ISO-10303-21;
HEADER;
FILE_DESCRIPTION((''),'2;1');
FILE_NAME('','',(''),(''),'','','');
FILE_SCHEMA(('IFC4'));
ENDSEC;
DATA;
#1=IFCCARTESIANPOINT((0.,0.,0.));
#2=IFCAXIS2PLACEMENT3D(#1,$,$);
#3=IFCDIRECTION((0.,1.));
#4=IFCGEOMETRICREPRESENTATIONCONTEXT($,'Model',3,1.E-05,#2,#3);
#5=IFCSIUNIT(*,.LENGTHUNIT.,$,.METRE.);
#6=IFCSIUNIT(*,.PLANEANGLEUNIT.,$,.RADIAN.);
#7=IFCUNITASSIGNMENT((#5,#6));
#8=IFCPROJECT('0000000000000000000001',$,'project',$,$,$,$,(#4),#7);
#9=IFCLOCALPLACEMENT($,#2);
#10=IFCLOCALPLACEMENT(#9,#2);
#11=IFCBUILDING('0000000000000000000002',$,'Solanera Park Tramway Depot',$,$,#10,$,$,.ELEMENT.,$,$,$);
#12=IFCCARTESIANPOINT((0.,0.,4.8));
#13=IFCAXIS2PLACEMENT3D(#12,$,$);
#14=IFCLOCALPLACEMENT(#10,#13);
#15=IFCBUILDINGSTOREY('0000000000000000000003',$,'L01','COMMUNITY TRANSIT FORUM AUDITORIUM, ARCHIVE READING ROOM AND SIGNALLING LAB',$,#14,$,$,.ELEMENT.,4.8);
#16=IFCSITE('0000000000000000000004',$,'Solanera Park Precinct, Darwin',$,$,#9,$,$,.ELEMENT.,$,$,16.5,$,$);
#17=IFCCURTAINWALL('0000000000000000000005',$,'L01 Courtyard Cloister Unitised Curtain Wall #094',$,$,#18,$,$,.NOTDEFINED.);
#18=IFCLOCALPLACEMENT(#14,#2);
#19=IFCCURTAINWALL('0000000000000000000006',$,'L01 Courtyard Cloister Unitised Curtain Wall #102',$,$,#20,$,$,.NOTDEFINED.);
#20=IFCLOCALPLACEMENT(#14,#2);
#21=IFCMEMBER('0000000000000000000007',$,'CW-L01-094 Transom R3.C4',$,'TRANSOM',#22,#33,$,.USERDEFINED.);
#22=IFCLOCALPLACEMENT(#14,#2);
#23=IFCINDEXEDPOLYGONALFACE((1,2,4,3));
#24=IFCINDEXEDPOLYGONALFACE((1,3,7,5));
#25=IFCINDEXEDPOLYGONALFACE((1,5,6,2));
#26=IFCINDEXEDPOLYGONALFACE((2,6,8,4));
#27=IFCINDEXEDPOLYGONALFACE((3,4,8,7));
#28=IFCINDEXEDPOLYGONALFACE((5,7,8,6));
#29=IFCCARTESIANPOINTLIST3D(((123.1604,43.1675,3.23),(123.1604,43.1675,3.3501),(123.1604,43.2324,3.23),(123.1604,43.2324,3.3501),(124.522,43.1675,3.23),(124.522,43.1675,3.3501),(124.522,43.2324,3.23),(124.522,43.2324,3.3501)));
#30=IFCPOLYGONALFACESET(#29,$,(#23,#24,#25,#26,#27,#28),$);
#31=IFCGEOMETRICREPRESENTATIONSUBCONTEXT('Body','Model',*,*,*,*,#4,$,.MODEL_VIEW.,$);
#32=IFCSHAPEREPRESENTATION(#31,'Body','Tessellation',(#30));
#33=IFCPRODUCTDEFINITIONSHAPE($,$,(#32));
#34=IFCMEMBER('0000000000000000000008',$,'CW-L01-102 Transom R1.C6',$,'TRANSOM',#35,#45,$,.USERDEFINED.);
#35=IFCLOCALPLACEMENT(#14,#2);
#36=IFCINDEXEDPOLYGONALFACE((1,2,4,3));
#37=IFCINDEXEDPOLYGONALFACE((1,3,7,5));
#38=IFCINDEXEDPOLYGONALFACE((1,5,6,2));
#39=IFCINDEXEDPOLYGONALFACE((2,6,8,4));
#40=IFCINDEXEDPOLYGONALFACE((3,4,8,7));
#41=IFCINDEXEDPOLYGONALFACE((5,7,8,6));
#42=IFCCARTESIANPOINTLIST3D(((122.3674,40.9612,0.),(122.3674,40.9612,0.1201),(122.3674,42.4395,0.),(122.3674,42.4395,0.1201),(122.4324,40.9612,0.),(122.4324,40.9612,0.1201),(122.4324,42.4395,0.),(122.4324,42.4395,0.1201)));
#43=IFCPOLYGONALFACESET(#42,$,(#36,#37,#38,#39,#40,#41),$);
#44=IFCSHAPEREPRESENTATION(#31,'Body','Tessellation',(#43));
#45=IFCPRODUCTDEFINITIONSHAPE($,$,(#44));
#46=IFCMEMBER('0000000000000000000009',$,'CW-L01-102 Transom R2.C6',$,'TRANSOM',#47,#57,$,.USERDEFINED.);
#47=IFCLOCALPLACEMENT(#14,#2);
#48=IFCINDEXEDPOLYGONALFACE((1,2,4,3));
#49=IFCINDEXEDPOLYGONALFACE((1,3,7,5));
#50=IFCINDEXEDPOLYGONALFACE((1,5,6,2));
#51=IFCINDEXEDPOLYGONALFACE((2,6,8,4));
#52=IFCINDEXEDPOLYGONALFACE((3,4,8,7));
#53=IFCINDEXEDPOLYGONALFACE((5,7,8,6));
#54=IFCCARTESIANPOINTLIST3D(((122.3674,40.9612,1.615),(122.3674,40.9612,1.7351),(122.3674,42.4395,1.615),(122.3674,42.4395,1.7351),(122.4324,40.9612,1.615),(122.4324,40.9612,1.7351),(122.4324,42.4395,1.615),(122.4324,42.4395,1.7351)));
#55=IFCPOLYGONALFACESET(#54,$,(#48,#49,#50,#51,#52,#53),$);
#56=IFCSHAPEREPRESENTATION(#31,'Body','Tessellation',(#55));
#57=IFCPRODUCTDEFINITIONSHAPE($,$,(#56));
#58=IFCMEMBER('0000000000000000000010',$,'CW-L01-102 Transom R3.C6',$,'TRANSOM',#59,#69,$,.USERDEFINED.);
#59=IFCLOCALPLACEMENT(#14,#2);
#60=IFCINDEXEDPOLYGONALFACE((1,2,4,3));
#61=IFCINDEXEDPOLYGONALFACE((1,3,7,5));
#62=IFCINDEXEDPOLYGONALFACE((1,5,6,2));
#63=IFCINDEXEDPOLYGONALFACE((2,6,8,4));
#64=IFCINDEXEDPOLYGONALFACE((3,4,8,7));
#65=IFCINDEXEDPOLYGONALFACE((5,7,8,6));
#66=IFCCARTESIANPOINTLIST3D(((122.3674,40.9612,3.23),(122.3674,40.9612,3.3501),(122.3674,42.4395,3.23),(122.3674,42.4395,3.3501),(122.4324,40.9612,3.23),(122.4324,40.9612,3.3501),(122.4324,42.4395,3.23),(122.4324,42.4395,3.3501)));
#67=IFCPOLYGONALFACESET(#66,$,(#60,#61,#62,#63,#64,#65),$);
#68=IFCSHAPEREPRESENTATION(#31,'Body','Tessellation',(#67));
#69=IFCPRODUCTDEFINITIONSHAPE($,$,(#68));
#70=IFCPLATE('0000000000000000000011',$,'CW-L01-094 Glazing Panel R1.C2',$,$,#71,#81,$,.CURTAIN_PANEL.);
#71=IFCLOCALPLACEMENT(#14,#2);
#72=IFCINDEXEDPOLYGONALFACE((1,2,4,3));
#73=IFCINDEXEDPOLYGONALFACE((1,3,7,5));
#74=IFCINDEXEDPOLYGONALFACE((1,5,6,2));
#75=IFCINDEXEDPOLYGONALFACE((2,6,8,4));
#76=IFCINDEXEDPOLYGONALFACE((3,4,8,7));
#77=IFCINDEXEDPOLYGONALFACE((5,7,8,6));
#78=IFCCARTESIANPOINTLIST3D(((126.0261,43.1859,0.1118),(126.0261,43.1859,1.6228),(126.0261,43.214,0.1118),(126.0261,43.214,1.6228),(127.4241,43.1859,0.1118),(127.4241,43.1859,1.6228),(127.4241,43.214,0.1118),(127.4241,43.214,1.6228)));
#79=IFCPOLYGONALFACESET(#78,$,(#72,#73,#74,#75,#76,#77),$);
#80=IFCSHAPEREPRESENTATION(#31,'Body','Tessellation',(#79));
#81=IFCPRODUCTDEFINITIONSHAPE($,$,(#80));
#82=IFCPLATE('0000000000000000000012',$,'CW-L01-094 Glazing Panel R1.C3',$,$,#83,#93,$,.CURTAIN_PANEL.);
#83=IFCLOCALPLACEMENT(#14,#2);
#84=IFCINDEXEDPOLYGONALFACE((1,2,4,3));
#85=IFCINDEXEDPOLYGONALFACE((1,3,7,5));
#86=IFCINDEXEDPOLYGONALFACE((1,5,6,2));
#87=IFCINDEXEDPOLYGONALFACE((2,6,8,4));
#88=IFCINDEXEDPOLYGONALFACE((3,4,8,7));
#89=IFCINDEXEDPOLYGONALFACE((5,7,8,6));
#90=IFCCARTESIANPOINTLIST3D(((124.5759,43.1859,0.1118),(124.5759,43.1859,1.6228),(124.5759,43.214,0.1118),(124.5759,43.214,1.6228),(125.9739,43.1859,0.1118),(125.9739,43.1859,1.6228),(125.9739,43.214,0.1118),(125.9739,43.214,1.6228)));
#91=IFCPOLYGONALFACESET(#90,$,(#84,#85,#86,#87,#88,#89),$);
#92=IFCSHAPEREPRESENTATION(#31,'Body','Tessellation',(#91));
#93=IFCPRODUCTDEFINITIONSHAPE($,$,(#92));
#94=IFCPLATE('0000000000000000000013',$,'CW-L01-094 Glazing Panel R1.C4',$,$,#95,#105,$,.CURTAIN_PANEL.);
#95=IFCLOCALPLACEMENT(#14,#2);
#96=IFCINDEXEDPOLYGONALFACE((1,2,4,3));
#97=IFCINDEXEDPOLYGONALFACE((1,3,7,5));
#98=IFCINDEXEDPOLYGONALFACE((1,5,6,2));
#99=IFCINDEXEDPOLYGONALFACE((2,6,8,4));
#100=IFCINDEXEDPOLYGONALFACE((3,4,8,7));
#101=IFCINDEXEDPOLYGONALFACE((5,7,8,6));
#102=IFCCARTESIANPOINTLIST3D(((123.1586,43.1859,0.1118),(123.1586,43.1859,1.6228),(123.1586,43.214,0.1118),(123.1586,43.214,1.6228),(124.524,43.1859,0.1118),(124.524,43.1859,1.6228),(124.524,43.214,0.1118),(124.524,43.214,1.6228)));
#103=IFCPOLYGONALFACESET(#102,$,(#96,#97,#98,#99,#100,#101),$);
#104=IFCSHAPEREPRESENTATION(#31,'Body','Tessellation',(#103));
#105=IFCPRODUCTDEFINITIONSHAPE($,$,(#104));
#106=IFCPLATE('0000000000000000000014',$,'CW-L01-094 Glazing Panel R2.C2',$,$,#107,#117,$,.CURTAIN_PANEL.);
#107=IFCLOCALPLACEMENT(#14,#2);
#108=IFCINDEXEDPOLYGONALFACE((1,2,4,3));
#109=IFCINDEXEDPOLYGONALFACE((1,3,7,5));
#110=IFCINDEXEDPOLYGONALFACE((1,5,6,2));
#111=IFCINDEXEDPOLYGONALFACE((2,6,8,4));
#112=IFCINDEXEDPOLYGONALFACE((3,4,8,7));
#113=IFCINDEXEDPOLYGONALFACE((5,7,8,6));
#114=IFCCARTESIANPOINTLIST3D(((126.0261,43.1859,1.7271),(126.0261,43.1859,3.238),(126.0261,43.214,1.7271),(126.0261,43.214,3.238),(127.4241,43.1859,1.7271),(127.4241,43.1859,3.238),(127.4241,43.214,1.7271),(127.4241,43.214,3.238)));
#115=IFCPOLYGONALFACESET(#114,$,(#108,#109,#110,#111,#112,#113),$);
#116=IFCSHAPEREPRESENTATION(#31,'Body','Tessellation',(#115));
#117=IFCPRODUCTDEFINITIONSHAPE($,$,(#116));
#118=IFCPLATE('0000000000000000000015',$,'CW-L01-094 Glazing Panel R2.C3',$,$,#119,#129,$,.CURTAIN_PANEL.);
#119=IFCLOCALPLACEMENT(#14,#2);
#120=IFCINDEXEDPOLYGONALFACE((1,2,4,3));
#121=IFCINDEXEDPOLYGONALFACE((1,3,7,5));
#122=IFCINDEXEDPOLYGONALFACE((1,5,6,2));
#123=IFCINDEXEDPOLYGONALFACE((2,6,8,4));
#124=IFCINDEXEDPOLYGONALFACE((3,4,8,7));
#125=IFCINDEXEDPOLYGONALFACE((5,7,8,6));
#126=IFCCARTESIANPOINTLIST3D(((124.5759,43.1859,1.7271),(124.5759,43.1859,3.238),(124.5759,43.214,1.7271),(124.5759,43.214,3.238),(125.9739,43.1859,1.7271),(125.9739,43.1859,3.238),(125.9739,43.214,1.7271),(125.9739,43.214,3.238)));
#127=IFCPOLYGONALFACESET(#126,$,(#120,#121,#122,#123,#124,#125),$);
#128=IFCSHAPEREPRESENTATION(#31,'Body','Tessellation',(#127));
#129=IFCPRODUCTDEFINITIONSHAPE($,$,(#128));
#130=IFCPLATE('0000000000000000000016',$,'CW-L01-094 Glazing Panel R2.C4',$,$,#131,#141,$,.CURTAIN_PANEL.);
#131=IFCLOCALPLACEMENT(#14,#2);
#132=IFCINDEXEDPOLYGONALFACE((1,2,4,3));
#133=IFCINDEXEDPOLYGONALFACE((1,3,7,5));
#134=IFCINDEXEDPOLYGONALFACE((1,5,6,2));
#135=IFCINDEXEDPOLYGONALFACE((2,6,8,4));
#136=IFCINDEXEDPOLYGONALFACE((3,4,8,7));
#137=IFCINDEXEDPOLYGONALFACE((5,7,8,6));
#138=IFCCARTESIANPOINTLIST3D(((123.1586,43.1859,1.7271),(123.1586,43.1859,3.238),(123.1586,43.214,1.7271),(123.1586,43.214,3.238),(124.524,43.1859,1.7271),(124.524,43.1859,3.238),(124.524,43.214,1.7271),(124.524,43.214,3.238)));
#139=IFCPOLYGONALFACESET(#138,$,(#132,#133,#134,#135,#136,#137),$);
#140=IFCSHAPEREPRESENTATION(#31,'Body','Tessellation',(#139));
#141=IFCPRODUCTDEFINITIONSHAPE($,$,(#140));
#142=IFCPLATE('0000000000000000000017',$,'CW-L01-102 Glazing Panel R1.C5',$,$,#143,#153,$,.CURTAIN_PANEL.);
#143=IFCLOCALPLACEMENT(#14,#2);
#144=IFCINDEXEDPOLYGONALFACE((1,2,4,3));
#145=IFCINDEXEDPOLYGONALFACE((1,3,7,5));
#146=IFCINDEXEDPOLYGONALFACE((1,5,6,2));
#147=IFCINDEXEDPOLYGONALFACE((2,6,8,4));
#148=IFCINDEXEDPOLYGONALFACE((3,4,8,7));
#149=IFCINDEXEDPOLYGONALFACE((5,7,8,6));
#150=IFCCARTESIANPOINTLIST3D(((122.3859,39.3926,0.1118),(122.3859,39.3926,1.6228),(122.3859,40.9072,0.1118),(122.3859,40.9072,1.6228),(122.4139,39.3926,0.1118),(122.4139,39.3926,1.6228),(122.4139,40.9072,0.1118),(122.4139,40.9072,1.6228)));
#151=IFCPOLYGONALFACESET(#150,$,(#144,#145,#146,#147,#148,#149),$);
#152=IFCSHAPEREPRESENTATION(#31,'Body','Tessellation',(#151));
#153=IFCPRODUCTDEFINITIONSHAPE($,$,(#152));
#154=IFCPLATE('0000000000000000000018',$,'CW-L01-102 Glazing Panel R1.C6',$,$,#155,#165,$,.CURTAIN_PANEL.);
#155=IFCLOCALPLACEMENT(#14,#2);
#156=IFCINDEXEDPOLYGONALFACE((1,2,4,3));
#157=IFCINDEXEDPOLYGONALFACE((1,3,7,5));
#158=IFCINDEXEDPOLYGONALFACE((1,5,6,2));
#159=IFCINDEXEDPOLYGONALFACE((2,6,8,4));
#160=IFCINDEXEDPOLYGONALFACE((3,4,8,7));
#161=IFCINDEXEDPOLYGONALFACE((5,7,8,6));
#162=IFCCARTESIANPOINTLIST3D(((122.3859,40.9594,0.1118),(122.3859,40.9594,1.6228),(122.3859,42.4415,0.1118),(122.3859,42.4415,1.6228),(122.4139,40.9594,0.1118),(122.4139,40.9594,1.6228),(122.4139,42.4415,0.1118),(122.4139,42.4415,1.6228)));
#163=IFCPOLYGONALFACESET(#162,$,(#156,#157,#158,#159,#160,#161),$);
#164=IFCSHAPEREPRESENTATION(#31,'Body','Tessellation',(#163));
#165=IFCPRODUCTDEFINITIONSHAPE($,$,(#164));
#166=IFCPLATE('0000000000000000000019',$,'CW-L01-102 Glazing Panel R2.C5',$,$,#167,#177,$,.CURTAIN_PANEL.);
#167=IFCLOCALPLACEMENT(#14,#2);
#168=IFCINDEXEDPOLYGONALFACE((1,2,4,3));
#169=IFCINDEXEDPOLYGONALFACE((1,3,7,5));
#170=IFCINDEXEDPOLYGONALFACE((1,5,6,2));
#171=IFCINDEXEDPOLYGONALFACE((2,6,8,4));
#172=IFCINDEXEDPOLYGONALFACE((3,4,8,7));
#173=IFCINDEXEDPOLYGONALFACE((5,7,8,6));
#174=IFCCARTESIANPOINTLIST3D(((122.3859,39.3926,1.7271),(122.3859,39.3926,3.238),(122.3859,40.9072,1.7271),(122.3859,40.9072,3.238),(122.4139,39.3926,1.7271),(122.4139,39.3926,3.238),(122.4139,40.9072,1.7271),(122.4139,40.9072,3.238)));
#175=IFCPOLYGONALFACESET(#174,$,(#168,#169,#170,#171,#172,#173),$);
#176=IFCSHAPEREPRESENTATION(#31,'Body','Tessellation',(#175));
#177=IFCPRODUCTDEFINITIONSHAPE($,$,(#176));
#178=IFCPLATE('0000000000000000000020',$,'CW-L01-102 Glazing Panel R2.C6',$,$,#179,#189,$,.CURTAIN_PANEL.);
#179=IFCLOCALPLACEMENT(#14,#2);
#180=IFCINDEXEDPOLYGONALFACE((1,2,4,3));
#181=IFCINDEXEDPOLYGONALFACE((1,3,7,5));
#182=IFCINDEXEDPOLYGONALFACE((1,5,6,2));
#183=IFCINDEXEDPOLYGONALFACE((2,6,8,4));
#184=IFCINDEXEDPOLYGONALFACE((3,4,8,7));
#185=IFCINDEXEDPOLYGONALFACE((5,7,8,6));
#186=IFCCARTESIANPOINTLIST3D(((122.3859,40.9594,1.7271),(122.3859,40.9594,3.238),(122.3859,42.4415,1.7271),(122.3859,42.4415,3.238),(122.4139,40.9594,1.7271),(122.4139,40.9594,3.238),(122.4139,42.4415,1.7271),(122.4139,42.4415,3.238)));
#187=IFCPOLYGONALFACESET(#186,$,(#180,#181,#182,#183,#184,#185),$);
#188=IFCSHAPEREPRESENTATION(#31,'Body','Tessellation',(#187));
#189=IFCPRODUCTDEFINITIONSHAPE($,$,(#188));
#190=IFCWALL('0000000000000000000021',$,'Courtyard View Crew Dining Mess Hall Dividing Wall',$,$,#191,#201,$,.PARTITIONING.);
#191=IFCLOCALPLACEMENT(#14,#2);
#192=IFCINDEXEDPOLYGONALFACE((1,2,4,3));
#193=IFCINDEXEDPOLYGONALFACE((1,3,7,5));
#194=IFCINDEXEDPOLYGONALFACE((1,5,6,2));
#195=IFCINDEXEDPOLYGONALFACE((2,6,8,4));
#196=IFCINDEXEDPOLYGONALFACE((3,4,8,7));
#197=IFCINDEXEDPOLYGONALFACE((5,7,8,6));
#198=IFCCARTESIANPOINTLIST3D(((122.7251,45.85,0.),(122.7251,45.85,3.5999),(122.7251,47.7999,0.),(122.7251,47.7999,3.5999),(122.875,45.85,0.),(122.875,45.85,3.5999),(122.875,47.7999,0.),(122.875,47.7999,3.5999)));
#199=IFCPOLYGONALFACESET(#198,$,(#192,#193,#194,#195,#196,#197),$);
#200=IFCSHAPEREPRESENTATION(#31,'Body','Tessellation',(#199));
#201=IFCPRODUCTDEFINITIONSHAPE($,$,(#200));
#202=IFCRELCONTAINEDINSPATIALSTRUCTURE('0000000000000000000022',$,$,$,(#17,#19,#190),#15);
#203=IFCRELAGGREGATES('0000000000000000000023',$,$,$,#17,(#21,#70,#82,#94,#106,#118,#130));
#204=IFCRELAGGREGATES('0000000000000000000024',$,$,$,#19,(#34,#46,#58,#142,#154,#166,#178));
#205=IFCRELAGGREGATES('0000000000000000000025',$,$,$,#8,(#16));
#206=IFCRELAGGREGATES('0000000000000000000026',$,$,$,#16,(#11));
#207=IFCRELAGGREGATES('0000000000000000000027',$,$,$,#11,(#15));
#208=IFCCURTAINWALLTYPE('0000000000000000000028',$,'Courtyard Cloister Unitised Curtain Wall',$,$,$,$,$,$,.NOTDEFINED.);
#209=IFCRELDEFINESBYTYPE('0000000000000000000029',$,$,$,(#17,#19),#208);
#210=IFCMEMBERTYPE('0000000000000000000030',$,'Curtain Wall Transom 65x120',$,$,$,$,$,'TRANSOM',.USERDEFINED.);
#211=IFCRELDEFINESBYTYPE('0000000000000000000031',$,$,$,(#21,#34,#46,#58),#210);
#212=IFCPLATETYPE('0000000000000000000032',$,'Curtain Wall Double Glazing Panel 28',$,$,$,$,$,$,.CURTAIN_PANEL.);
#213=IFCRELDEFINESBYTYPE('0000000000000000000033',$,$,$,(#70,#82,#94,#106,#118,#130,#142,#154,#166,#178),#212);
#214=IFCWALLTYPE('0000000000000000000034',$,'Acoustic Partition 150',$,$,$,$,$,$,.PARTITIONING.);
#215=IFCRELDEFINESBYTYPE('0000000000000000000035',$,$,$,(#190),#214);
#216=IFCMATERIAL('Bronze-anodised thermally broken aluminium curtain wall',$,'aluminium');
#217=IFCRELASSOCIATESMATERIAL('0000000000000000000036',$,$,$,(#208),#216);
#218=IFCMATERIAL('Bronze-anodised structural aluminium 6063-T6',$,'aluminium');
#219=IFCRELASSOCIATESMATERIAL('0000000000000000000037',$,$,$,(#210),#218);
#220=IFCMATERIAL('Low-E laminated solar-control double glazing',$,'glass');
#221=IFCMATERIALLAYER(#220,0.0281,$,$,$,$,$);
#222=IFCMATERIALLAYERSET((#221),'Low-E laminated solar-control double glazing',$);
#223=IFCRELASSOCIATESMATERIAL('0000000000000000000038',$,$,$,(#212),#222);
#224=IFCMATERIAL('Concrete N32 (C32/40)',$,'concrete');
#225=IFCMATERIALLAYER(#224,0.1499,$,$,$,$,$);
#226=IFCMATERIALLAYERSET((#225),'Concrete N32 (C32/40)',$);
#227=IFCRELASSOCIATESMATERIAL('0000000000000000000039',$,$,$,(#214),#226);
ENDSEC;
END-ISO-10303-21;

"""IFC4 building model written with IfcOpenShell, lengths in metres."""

from ifc_helpers import new_model, si_unit, direction, frame, frame_2d, origin, origin_2d, place, context, subcontext, project, spatial, rectangle, extrude, material, layer, layer_set, material_profile, profile_set, type_object, element, aggregate, save


model = new_model("IFC4")

# Units and contexts
model_context = context("Model", 3, precision=1e-05, world=origin(), true_north=direction((0.0, 1.0)))
body_context = subcontext(model_context, "Body", "Model", "MODEL_VIEW")
ifc_project = project(units=[si_unit("LENGTHUNIT", "METRE"), si_unit("PLANEANGLEUNIT", "RADIAN")], contexts=[model_context])

# Site, building, storey
site_placement = place(None, origin())
site = spatial("IfcSite", under=ifc_project, at=site_placement, Name="Solanera Park Precinct, Darwin", CompositionType="ELEMENT", RefElevation=16.5)
building_placement = place(site_placement, origin())
building = spatial("IfcBuilding", under=site, at=building_placement, Name="Solanera Park Tramway Depot", CompositionType="ELEMENT")
storey_placement = place(building_placement, frame((0.0, 0.0, 4.8)))
storey = spatial("IfcBuildingStorey", under=building, at=storey_placement, Name="L01", Description="COMMUNITY TRANSIT FORUM AUDITORIUM, ARCHIVE READING ROOM AND SIGNALLING LAB", CompositionType="ELEMENT", Elevation=4.8)

# Curtain walls
ifc_material_1 = material(Name="Bronze-anodised thermally broken aluminium curtain wall", Category="aluminium")
curtain_wall_type = type_object("IfcCurtainWallType", Name="Courtyard Cloister Unitised Curtain Wall", PredefinedType="NOTDEFINED", material=ifc_material_1)
curtain_wall_1_placement = place(storey_placement, origin())
curtain_wall_1 = element("IfcCurtainWall", 1, at=curtain_wall_1_placement, inside=storey, type_object=curtain_wall_type, Name="L01 Courtyard Cloister Unitised Curtain Wall #094", PredefinedType="NOTDEFINED")
curtain_wall_2_placement = place(storey_placement, origin())
curtain_wall_2 = element("IfcCurtainWall", 2, at=curtain_wall_2_placement, inside=storey, type_object=curtain_wall_type, Name="L01 Courtyard Cloister Unitised Curtain Wall #102", PredefinedType="NOTDEFINED")

# Members
ifc_material_2 = material(Name="Bronze-anodised structural aluminium 6063-T6", Category="aluminium")
ifc_material_profile_1 = material_profile(ifc_material_2, rectangle(XDim=0.0649, YDim=0.1201, at=origin_2d()), Name="Curtain Wall Transom 65x120")
ifc_profile_set_1 = profile_set([ifc_material_profile_1], Name="Bronze-anodised structural aluminium 6063-T6")
member_type_1 = type_object("IfcMemberType", Name="Curtain Wall Transom 65x120", ElementType="TRANSOM", PredefinedType="USERDEFINED", material=ifc_profile_set_1)
member_1_placement = place(storey_placement, frame((124.522, 43.2, 3.29), z_axis=(-1.0, 0.0, 0.0), x_axis=(0.0, -1.0, 0.0)))
member_1 = element("IfcMember", 3, at=member_1_placement, type_object=member_type_1, Name="CW-L01-094 Transom R3.C4", ObjectType="TRANSOM", PredefinedType="USERDEFINED", context=body_context, shape_type="SweptSolid", body=[
    extrude(rectangle(XDim=0.0649, YDim=0.1201, at=origin_2d()), origin(), (0.0, 0.0, 1.0), 1.3616),
])
member_2_placement = place(storey_placement, frame((122.3999, 40.9612, 0.0601), z_axis=(0.0, 1.0, 0.0), x_axis=(-1.0, 0.0, 0.0)))
member_2 = element("IfcMember", 4, at=member_2_placement, type_object=member_type_1, Name="CW-L01-102 Transom R1.C6", ObjectType="TRANSOM", PredefinedType="USERDEFINED", context=body_context, shape_type="SweptSolid", body=[
    extrude(rectangle(XDim=0.0649, YDim=0.1201, at=origin_2d()), origin(), (0.0, 0.0, 1.0), 1.4783),
])
member_3_placement = place(storey_placement, frame((122.3999, 40.9612, 1.675), z_axis=(0.0, 1.0, 0.0), x_axis=(-1.0, 0.0, 0.0)))
member_3 = element("IfcMember", 5, at=member_3_placement, type_object=member_type_1, Name="CW-L01-102 Transom R2.C6", ObjectType="TRANSOM", PredefinedType="USERDEFINED", context=body_context, shape_type="SweptSolid", body=[
    extrude(rectangle(XDim=0.0649, YDim=0.1201, at=origin_2d()), origin(), (0.0, 0.0, 1.0), 1.4783),
])
member_4_placement = place(storey_placement, frame((122.3999, 40.9612, 3.29), z_axis=(0.0, 1.0, 0.0), x_axis=(-1.0, 0.0, 0.0)))
member_4 = element("IfcMember", 6, at=member_4_placement, type_object=member_type_1, Name="CW-L01-102 Transom R3.C6", ObjectType="TRANSOM", PredefinedType="USERDEFINED", context=body_context, shape_type="SweptSolid", body=[
    extrude(rectangle(XDim=0.0649, YDim=0.1201, at=origin_2d()), origin(), (0.0, 0.0, 1.0), 1.4783),
])

# Plates
ifc_material_3 = material(Name="Low-E laminated solar-control double glazing", Category="glass")
ifc_layer_1 = layer(ifc_material_3, 0.0281)
ifc_layer_set_1 = layer_set([ifc_layer_1], Name="Low-E laminated solar-control double glazing")
plate_type = type_object("IfcPlateType", Name="Curtain Wall Double Glazing Panel 28", PredefinedType="CURTAIN_PANEL", material=ifc_layer_set_1)
plate_1_placement = place(storey_placement, frame((126.7251, 43.2, 0.1118), z_axis=(0.0, 0.0, 1.0), x_axis=(-1.0, 0.0, 0.0)))
plate_1 = element("IfcPlate", 7, at=plate_1_placement, type_object=plate_type, Name="CW-L01-094 Glazing Panel R1.C2", PredefinedType="CURTAIN_PANEL", context=body_context, shape_type="SweptSolid", body=[
    extrude(rectangle(XDim=1.3979, YDim=0.0281, at=origin_2d()), origin(), (0.0, 0.0, 1.0), 1.511),
])
plate_2_placement = place(storey_placement, frame((125.2749, 43.2, 0.1118), z_axis=(0.0, 0.0, 1.0), x_axis=(-1.0, 0.0, 0.0)))
plate_2 = element("IfcPlate", 8, at=plate_2_placement, type_object=plate_type, Name="CW-L01-094 Glazing Panel R1.C3", PredefinedType="CURTAIN_PANEL", context=body_context, shape_type="SweptSolid", body=[
    extrude(rectangle(XDim=1.3979, YDim=0.0281, at=origin_2d()), origin(), (0.0, 0.0, 1.0), 1.511),
])
plate_3_placement = place(storey_placement, frame((123.8413, 43.2, 0.1118), z_axis=(0.0, 0.0, 1.0), x_axis=(-1.0, 0.0, 0.0)))
plate_3 = element("IfcPlate", 9, at=plate_3_placement, type_object=plate_type, Name="CW-L01-094 Glazing Panel R1.C4", PredefinedType="CURTAIN_PANEL", context=body_context, shape_type="SweptSolid", body=[
    extrude(rectangle(XDim=1.3655, YDim=0.0281, at=origin_2d()), origin(), (0.0, 0.0, 1.0), 1.511),
])
plate_4_placement = place(storey_placement, frame((126.7251, 43.2, 1.7271), z_axis=(0.0, 0.0, 1.0), x_axis=(-1.0, 0.0, 0.0)))
plate_4 = element("IfcPlate", 10, at=plate_4_placement, type_object=plate_type, Name="CW-L01-094 Glazing Panel R2.C2", PredefinedType="CURTAIN_PANEL", context=body_context, shape_type="SweptSolid", body=[
    extrude(rectangle(XDim=1.3979, YDim=0.0281, at=origin_2d()), origin(), (0.0, 0.0, 1.0), 1.511),
])
plate_5_placement = place(storey_placement, frame((125.2749, 43.2, 1.7271), z_axis=(0.0, 0.0, 1.0), x_axis=(-1.0, 0.0, 0.0)))
plate_5 = element("IfcPlate", 11, at=plate_5_placement, type_object=plate_type, Name="CW-L01-094 Glazing Panel R2.C3", PredefinedType="CURTAIN_PANEL", context=body_context, shape_type="SweptSolid", body=[
    extrude(rectangle(XDim=1.3979, YDim=0.0281, at=origin_2d()), origin(), (0.0, 0.0, 1.0), 1.511),
])
plate_6_placement = place(storey_placement, frame((123.8413, 43.2, 1.7271), z_axis=(0.0, 0.0, 1.0), x_axis=(-1.0, 0.0, 0.0)))
plate_6 = element("IfcPlate", 12, at=plate_6_placement, type_object=plate_type, Name="CW-L01-094 Glazing Panel R2.C4", PredefinedType="CURTAIN_PANEL", context=body_context, shape_type="SweptSolid", body=[
    extrude(rectangle(XDim=1.3655, YDim=0.0281, at=origin_2d()), origin(), (0.0, 0.0, 1.0), 1.511),
])
aggregate(curtain_wall_1, [member_1, plate_1, plate_2, plate_3, plate_4, plate_5, plate_6])
plate_7_placement = place(storey_placement, frame((122.3999, 40.1499, 0.1118), z_axis=(0.0, 0.0, 1.0), x_axis=(0.0, 1.0, 0.0)))
plate_7 = element("IfcPlate", 13, at=plate_7_placement, type_object=plate_type, Name="CW-L01-102 Glazing Panel R1.C5", PredefinedType="CURTAIN_PANEL", context=body_context, shape_type="SweptSolid", body=[
    extrude(rectangle(XDim=1.5146, YDim=0.0281, at=origin_2d()), origin(), (0.0, 0.0, 1.0), 1.511),
])
plate_8_placement = place(storey_placement, frame((122.3999, 41.7004, 0.1118), z_axis=(0.0, 0.0, 1.0), x_axis=(0.0, 1.0, 0.0)))
plate_8 = element("IfcPlate", 14, at=plate_8_placement, type_object=plate_type, Name="CW-L01-102 Glazing Panel R1.C6", PredefinedType="CURTAIN_PANEL", context=body_context, shape_type="SweptSolid", body=[
    extrude(rectangle(XDim=1.4822, YDim=0.0281, at=origin_2d()), origin(), (0.0, 0.0, 1.0), 1.511),
])
plate_9_placement = place(storey_placement, frame((122.3999, 40.1499, 1.7271), z_axis=(0.0, 0.0, 1.0), x_axis=(0.0, 1.0, 0.0)))
plate_9 = element("IfcPlate", 15, at=plate_9_placement, type_object=plate_type, Name="CW-L01-102 Glazing Panel R2.C5", PredefinedType="CURTAIN_PANEL", context=body_context, shape_type="SweptSolid", body=[
    extrude(rectangle(XDim=1.5146, YDim=0.0281, at=origin_2d()), origin(), (0.0, 0.0, 1.0), 1.511),
])
plate_10_placement = place(storey_placement, frame((122.3999, 41.7004, 1.7271), z_axis=(0.0, 0.0, 1.0), x_axis=(0.0, 1.0, 0.0)))
plate_10 = element("IfcPlate", 16, at=plate_10_placement, type_object=plate_type, Name="CW-L01-102 Glazing Panel R2.C6", PredefinedType="CURTAIN_PANEL", context=body_context, shape_type="SweptSolid", body=[
    extrude(rectangle(XDim=1.4822, YDim=0.0281, at=origin_2d()), origin(), (0.0, 0.0, 1.0), 1.511),
])
aggregate(curtain_wall_2, [member_2, member_3, member_4, plate_7, plate_8, plate_9, plate_10])

# Wall
ifc_material_4 = material(Name="Concrete N32 (C32/40)", Category="concrete")
ifc_layer_2 = layer(ifc_material_4, 0.1499)
ifc_layer_set_2 = layer_set([ifc_layer_2], Name="Concrete N32 (C32/40)")
wall_type_1 = type_object("IfcWallType", Name="Acoustic Partition 150", PredefinedType="PARTITIONING", material=ifc_layer_set_2)
wall_1_placement = place(storey_placement, frame((122.8, 47.8, 0.0), z_axis=(0.0, 0.0, 1.0), x_axis=(0.0, -1.0, 0.0)))
element("IfcWall", 17, at=wall_1_placement, inside=storey, type_object=wall_type_1, Name="Courtyard View Crew Dining Mess Hall Dividing Wall", PredefinedType="PARTITIONING", context=body_context, shape_type="SweptSolid", body=[
    extrude(rectangle(XDim=1.95, YDim=0.1499, at=frame_2d((0.9751, 0.0))), origin(), (0.0, 0.0, 1.0), 3.5999),
])

save(model, "model.ifc")
